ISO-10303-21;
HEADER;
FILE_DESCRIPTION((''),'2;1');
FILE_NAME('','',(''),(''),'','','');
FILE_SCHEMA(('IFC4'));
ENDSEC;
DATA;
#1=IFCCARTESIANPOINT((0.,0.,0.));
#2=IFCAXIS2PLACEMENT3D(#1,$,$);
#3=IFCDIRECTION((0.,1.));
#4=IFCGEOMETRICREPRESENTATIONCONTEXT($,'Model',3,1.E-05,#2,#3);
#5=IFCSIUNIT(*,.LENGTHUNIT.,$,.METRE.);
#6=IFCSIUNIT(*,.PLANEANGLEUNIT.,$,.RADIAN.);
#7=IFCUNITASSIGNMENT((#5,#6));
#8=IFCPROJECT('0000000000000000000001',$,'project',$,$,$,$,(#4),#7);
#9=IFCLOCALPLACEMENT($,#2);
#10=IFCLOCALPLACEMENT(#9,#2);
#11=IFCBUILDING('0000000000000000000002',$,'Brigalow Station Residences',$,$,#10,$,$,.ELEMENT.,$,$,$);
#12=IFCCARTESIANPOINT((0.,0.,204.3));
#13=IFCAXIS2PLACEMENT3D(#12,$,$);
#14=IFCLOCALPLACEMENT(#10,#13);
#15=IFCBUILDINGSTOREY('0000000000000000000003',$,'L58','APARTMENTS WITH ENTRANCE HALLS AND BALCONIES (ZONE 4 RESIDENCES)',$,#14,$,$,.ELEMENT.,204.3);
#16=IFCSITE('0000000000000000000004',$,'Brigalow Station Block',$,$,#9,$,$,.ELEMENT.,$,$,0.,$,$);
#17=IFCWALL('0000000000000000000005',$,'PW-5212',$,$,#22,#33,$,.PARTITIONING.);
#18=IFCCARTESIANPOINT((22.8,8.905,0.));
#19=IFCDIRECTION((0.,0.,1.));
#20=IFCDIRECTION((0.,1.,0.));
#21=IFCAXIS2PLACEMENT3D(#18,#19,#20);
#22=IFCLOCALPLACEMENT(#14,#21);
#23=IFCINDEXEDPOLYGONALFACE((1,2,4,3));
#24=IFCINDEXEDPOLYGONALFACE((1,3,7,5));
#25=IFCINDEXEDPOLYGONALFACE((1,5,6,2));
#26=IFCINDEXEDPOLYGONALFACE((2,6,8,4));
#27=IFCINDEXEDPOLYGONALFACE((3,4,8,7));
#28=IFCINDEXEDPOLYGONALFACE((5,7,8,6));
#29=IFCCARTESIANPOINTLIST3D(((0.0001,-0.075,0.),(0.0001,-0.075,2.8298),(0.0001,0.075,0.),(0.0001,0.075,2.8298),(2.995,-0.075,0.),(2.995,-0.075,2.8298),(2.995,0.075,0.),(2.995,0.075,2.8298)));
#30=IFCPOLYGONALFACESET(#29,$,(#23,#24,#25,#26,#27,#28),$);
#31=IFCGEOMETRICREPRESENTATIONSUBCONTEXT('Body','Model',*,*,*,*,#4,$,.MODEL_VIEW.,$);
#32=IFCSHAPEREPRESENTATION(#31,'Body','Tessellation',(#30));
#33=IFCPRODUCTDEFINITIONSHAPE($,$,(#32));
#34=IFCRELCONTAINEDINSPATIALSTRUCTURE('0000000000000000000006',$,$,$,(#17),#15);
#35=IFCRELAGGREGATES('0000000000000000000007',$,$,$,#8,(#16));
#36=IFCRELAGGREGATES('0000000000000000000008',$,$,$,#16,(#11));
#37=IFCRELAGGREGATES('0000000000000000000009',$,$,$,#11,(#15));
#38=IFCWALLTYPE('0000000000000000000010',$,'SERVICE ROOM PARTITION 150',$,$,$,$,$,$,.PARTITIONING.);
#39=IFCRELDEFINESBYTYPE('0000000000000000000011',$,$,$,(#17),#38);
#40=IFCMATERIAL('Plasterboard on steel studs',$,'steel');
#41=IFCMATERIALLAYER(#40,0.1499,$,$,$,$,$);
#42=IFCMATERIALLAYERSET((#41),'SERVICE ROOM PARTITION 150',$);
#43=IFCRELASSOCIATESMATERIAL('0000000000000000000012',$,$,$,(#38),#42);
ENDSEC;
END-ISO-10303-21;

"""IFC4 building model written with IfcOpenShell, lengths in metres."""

from ifc_helpers import new_model, si_unit, direction, frame, frame_2d, origin, place, context, subcontext, project, spatial, rectangle, extrude, material, layer, layer_set, type_object, element, save


model = new_model("IFC4")

# Units and contexts
model_context = context("Model", 3, precision=1e-05, world=origin(), true_north=direction((0.0, 1.0)))
body_context = subcontext(model_context, "Body", "Model", "MODEL_VIEW")
ifc_project = project(units=[si_unit("LENGTHUNIT", "METRE"), si_unit("PLANEANGLEUNIT", "RADIAN")], contexts=[model_context])

# Site, building, storey
site_placement = place(None, origin())
site = spatial("IfcSite", under=ifc_project, at=site_placement, Name="Brigalow Station Block", CompositionType="ELEMENT", RefElevation=0.0)
building_placement = place(site_placement, origin())
building = spatial("IfcBuilding", under=site, at=building_placement, Name="Brigalow Station Residences", CompositionType="ELEMENT")
storey_placement = place(building_placement, frame((0.0, 0.0, 204.3)))
storey = spatial("IfcBuildingStorey", under=building, at=storey_placement, Name="L58", Description="APARTMENTS WITH ENTRANCE HALLS AND BALCONIES (ZONE 4 RESIDENCES)", CompositionType="ELEMENT", Elevation=204.3)

# Wall
ifc_material_1 = material(Name="Plasterboard on steel studs", Category="steel")
ifc_layer_1 = layer(ifc_material_1, 0.1499)
ifc_layer_set_1 = layer_set([ifc_layer_1], Name="SERVICE ROOM PARTITION 150")
wall_type_1 = type_object("IfcWallType", Name="SERVICE ROOM PARTITION 150", PredefinedType="PARTITIONING", material=ifc_layer_set_1)
wall_1_placement = place(storey_placement, frame((22.8, 8.905, 0.0), z_axis=(0.0, 0.0, 1.0), x_axis=(0.0, 1.0, 0.0)))
element("IfcWall", 1, at=wall_1_placement, inside=storey, type_object=wall_type_1, Name="PW-5212", PredefinedType="PARTITIONING", context=body_context, shape_type="SweptSolid", body=[
    extrude(rectangle(XDim=2.9949, YDim=0.1499, at=frame_2d((1.4976, 0.0))), origin(), (0.0, 0.0, 1.0), 2.8298),
])

save(model, "model.ifc")
